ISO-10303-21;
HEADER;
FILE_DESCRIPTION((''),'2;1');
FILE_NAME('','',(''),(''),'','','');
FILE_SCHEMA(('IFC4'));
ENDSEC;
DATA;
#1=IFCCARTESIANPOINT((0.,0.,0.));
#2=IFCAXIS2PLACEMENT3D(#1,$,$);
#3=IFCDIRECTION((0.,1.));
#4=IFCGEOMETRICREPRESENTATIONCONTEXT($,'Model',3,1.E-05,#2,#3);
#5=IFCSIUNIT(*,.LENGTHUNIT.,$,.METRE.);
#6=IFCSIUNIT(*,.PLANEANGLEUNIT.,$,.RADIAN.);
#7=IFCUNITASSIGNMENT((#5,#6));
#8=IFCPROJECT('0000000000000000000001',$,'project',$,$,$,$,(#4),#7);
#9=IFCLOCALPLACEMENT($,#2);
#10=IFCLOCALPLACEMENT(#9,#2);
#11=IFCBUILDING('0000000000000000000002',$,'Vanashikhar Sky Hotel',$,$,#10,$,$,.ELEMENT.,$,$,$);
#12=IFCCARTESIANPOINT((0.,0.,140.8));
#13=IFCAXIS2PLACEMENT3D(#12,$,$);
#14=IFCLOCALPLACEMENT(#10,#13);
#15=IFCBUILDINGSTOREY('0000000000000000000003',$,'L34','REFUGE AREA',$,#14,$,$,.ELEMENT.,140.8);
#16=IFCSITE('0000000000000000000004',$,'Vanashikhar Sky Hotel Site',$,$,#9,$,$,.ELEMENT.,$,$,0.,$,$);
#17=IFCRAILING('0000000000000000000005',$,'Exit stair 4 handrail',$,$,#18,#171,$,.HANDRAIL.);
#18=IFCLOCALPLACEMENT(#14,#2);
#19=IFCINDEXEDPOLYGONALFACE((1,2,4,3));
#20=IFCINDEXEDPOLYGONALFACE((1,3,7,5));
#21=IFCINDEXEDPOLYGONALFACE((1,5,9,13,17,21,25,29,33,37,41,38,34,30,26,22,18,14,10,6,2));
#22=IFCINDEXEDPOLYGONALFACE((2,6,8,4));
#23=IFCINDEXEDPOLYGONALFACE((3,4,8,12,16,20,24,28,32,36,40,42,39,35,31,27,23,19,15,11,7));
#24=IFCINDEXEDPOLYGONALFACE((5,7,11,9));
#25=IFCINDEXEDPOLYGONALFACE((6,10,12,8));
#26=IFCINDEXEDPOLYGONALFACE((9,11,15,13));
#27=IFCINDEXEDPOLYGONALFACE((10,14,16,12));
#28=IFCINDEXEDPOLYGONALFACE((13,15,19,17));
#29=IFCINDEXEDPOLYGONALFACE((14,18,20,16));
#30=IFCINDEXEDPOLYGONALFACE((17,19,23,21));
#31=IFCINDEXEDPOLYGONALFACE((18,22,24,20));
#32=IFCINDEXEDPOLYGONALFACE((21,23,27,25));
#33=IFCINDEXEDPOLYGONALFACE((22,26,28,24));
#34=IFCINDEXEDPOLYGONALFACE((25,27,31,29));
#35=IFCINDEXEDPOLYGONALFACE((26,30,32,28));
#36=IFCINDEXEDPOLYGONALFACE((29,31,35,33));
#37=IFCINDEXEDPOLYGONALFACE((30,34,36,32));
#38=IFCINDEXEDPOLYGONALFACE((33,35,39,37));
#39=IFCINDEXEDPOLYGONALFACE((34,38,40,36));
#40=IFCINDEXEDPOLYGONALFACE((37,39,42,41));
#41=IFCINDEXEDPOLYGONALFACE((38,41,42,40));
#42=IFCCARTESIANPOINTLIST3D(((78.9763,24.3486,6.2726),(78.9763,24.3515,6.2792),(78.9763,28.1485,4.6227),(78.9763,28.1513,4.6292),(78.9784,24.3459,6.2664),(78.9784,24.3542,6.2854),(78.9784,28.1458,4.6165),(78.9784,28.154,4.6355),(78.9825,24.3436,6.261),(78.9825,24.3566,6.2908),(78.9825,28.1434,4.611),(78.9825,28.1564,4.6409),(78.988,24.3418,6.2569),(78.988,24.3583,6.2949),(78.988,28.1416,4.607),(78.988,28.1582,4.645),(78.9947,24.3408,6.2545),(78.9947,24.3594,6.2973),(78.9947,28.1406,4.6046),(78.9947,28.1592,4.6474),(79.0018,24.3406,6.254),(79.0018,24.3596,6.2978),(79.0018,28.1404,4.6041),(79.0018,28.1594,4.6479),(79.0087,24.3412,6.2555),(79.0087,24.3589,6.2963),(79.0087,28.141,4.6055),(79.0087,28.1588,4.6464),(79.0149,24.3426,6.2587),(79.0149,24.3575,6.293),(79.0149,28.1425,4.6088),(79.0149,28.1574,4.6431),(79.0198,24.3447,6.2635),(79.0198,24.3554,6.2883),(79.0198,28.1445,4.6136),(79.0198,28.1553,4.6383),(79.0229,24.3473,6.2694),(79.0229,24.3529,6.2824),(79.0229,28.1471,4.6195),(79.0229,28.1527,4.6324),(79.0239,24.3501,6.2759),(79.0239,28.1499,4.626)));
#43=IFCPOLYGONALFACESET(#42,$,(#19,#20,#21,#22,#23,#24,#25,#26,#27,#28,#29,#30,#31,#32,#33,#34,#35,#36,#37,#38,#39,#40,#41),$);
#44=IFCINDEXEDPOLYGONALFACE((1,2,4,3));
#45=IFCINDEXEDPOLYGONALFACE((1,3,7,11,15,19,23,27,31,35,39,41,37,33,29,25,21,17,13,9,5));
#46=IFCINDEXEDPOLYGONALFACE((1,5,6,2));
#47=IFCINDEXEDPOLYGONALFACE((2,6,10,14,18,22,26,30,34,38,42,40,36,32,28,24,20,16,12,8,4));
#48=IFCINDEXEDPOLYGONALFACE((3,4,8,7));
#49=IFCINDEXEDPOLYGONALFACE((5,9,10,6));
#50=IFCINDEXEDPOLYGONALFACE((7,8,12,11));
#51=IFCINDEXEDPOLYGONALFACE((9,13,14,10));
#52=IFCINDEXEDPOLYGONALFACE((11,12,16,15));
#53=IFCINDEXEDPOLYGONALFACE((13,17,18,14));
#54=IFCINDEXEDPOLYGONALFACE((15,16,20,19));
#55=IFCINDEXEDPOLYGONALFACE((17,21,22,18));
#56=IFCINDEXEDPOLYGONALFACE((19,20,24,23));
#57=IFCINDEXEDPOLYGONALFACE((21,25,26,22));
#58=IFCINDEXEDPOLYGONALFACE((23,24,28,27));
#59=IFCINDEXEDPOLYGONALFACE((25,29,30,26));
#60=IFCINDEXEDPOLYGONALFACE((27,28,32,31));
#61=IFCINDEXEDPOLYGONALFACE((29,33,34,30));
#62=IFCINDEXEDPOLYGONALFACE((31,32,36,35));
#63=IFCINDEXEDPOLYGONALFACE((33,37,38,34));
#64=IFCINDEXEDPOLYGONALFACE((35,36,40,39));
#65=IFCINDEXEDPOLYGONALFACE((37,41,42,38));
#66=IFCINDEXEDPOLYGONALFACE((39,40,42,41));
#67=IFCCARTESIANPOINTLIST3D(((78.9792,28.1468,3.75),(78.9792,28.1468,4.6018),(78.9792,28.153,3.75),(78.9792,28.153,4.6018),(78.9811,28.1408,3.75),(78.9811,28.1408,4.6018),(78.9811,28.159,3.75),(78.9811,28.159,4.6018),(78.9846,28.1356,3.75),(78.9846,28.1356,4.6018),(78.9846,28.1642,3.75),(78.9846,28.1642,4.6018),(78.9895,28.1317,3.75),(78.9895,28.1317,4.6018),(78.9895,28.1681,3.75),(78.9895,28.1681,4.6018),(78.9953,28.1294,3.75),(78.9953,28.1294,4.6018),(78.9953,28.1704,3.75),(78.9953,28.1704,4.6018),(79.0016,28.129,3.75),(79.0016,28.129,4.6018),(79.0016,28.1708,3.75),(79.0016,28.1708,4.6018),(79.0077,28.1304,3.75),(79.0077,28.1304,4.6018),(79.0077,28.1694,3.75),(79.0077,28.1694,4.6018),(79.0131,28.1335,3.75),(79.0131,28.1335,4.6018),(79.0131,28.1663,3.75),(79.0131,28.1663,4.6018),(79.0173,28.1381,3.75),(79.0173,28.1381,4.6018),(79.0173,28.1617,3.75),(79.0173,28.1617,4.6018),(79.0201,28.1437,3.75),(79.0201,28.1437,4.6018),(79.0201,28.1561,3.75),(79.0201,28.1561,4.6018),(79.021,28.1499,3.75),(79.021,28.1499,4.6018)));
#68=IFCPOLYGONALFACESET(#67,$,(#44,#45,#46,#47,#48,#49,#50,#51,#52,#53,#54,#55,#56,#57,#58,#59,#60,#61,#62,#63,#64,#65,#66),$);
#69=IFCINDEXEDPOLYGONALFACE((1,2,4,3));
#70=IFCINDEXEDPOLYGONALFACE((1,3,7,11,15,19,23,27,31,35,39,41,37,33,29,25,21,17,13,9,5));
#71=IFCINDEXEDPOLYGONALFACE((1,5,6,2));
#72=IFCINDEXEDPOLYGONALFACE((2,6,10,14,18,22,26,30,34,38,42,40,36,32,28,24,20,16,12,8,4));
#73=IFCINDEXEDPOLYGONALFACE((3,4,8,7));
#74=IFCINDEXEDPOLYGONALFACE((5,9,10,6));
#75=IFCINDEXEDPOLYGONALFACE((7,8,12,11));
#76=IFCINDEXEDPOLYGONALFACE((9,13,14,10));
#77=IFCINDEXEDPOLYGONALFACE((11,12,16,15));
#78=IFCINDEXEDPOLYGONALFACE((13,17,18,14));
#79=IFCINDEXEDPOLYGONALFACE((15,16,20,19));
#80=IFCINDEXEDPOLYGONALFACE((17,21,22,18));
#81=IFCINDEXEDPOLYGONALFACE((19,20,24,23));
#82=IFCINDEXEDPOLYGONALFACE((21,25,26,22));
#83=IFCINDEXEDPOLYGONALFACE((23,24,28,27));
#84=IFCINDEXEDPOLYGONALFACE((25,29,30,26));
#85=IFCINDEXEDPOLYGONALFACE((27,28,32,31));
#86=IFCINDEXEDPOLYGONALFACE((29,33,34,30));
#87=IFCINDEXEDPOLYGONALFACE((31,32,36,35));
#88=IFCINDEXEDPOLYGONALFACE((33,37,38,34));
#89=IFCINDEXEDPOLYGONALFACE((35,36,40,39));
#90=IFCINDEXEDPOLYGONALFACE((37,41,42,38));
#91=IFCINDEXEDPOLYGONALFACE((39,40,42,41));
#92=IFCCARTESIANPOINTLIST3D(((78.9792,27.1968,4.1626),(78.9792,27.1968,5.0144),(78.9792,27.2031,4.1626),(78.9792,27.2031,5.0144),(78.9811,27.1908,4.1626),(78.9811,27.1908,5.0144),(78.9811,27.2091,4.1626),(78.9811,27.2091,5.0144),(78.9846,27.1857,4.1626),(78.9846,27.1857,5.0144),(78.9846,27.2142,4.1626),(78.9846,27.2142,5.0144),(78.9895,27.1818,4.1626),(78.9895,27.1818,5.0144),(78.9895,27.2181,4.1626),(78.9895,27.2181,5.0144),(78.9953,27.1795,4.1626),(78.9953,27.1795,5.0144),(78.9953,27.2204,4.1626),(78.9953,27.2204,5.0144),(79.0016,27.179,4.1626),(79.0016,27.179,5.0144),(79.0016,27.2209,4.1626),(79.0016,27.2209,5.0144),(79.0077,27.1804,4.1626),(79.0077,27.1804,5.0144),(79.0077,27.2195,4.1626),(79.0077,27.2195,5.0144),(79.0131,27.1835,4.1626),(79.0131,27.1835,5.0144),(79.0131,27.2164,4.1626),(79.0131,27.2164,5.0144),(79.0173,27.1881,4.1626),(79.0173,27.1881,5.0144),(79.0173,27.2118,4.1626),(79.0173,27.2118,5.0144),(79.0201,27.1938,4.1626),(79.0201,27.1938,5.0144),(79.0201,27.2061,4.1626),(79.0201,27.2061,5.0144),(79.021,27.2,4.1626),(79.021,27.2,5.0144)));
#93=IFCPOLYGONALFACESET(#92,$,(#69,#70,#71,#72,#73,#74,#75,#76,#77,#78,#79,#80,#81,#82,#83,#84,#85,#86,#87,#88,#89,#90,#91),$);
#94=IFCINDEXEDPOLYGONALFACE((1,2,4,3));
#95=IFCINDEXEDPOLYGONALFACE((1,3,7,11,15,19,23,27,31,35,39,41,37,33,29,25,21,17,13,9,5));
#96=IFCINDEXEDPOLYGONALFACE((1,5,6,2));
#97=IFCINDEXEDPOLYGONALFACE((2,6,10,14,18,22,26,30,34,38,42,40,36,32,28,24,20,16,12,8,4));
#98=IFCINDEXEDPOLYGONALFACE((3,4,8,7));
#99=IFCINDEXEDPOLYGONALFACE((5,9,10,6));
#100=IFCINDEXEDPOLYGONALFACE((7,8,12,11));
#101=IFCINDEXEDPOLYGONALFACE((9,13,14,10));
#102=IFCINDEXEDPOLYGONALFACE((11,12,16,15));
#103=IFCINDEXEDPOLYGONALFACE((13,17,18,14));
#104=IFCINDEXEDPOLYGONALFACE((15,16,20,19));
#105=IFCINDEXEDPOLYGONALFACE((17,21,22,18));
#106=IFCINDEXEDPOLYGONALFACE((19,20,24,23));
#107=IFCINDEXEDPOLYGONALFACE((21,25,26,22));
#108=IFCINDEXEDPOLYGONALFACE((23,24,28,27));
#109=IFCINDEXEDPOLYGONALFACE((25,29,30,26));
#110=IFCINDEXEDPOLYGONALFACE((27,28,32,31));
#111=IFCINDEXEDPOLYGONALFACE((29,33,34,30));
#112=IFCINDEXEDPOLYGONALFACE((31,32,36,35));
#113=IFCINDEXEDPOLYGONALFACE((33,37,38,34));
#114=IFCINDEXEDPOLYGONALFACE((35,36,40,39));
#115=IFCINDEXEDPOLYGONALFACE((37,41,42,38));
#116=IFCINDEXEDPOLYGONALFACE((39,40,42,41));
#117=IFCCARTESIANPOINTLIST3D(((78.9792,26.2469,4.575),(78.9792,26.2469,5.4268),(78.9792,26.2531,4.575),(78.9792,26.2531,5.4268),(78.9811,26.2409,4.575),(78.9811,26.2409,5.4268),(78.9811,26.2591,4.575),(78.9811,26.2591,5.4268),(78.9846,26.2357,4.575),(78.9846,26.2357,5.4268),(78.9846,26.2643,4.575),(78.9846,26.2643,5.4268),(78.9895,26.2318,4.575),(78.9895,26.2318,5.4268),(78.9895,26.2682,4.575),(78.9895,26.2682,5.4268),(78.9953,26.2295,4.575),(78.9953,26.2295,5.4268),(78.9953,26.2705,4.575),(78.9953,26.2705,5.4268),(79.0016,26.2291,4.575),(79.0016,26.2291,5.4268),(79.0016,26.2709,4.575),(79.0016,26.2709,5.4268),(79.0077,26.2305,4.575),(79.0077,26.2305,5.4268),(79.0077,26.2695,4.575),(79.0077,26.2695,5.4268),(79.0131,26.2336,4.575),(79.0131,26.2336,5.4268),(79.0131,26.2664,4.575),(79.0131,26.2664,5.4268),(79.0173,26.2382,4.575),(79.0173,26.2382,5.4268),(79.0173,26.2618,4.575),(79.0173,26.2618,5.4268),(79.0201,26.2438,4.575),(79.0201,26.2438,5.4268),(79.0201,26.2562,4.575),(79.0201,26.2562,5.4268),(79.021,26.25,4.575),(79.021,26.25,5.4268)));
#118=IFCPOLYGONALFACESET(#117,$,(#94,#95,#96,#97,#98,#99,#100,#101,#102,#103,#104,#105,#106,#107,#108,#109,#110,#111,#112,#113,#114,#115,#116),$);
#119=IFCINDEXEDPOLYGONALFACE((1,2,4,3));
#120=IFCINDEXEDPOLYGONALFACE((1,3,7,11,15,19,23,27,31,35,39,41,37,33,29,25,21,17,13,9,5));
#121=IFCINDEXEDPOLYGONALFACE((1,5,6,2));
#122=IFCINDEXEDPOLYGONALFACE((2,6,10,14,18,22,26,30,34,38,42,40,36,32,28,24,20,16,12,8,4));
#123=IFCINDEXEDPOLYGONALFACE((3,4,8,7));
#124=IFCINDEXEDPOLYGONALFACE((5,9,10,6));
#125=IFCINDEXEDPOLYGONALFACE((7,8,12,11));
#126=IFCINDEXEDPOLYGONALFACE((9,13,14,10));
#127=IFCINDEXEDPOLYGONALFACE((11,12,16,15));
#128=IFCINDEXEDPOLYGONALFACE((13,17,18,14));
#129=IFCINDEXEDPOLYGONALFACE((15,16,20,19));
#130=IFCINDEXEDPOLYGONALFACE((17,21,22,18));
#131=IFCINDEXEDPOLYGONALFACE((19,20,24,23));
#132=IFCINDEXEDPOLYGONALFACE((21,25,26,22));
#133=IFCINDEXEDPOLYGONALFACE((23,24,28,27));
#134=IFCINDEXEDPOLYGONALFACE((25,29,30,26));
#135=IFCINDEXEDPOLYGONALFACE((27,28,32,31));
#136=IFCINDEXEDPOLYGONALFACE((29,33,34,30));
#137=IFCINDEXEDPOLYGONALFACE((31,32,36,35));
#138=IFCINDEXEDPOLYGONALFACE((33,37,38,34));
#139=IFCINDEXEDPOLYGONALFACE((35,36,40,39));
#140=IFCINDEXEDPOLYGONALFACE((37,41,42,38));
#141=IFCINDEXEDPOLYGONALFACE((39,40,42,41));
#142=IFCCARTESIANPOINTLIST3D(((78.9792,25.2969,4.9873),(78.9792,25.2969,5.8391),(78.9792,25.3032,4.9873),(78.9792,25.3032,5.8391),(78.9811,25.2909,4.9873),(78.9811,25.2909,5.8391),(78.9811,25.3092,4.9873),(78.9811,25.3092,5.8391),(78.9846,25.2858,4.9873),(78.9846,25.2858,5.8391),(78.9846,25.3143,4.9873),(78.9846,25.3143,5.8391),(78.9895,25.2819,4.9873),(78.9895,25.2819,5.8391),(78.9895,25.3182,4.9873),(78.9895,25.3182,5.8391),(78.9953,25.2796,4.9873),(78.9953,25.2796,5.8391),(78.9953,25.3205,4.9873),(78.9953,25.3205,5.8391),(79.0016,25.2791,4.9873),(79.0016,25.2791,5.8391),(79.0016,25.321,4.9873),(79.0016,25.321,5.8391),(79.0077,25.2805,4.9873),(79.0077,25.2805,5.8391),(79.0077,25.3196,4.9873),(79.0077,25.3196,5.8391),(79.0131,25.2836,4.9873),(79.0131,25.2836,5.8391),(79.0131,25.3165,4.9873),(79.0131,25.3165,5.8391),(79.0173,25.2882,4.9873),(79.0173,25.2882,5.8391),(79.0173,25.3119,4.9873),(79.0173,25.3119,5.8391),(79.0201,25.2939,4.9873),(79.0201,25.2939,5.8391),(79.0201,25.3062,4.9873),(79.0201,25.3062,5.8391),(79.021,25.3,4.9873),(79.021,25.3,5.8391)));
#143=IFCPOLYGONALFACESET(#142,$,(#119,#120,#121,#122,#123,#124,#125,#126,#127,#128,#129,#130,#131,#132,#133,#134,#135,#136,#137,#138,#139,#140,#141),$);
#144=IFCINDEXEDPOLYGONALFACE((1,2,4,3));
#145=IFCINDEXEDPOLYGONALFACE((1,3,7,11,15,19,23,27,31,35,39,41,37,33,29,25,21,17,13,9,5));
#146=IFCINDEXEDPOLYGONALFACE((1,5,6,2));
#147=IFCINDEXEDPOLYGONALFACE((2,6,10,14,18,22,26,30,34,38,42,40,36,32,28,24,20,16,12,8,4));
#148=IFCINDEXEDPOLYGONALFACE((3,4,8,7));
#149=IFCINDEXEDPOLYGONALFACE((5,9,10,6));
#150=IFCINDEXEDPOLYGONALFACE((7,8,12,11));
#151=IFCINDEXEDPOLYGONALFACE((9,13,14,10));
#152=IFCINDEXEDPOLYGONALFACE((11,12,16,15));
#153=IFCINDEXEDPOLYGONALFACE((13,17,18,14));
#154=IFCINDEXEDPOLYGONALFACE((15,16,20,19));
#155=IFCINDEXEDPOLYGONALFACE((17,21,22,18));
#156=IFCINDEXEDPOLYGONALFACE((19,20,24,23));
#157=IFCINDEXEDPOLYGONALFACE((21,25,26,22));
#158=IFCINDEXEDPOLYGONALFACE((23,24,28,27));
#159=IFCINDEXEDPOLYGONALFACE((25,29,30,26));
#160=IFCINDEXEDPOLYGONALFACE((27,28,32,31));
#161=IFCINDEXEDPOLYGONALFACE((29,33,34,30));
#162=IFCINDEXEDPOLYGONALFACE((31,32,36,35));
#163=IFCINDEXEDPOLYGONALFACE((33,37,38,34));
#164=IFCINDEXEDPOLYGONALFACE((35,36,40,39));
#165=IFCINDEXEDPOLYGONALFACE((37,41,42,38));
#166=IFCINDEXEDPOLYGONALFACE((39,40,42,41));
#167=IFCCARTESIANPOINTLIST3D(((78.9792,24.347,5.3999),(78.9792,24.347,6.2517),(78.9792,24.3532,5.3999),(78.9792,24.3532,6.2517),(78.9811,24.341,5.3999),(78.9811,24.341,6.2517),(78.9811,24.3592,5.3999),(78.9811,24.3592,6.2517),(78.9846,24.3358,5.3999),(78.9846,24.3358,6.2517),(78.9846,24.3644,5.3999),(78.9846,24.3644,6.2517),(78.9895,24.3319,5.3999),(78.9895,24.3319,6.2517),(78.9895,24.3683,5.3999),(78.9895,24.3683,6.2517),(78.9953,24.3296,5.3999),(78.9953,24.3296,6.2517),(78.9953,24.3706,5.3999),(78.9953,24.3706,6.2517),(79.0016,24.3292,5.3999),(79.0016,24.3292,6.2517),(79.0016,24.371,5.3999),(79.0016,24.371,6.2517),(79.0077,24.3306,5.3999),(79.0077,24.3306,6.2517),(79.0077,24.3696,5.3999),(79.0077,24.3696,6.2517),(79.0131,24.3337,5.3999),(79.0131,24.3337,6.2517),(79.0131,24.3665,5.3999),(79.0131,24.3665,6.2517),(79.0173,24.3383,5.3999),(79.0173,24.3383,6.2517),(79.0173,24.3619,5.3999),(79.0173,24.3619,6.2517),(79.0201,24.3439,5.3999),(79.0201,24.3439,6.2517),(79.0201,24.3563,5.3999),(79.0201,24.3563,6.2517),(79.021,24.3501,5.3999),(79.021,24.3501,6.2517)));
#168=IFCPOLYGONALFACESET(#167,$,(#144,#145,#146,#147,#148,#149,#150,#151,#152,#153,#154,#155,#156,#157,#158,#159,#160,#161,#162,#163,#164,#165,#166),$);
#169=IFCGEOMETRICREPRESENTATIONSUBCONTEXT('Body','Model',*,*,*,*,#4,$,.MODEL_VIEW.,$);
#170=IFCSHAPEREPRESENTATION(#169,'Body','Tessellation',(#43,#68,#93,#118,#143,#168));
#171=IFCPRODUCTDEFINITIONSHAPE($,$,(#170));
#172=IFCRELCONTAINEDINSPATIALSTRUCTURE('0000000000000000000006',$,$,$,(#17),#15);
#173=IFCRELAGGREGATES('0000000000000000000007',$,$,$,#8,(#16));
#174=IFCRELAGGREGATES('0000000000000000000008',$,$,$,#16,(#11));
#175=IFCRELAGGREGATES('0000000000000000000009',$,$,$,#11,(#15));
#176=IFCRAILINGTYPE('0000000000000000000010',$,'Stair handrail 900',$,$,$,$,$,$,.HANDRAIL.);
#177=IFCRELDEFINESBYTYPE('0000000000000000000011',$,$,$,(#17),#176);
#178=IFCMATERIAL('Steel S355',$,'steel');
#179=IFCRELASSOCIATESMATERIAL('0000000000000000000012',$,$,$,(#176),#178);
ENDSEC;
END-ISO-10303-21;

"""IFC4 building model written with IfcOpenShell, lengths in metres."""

from ifc_helpers import new_model, si_unit, direction, frame, origin, origin_2d, place, context, subcontext, project, spatial, circle, extrude, source, transform, mapped, material, type_object, element, save


model = new_model("IFC4")

# Units and contexts
model_context = context("Model", 3, precision=1e-05, world=origin(), true_north=direction((0.0, 1.0)))
body_context = subcontext(model_context, "Body", "Model", "MODEL_VIEW")
ifc_project = project(units=[si_unit("LENGTHUNIT", "METRE"), si_unit("PLANEANGLEUNIT", "RADIAN")], contexts=[model_context])

# Site, building, storey
site_placement = place(None, origin())
site = spatial("IfcSite", under=ifc_project, at=site_placement, Name="Vanashikhar Sky Hotel Site", CompositionType="ELEMENT", RefElevation=0.0)
building_placement = place(site_placement, origin())
building = spatial("IfcBuilding", under=site, at=building_placement, Name="Vanashikhar Sky Hotel", CompositionType="ELEMENT")
storey_placement = place(building_placement, frame((0.0, 0.0, 140.8)))
storey = spatial("IfcBuildingStorey", under=building, at=storey_placement, Name="L34", Description="REFUGE AREA", CompositionType="ELEMENT", Elevation=140.8)

# Railing
ifc_material_1 = material(Name="Steel S355", Category="steel")
railing_type = type_object("IfcRailingType", Name="Stair handrail 900", PredefinedType="HANDRAIL", material=ifc_material_1)
shared_shape_1 = source(origin(), body_context, "Body", "SweptSolid", [
    extrude(circle(Radius=0.0239, at=origin_2d()), frame((0.0, 0.0, 0.876), z_axis=(0.0, -0.917263, 0.398282), x_axis=(1.0, 0.0, 0.0)), (0.0, 0.0, 1.0), 4.1426),
    extrude(circle(Radius=0.021, at=origin_2d()), origin(), (0.0, 0.0, 1.0), 0.8518),
    extrude(circle(Radius=0.021, at=origin_2d()), frame((0.0, -0.95, 0.4126)), (0.0, 0.0, 1.0), 0.8518),
    extrude(circle(Radius=0.021, at=origin_2d()), frame((0.0, -1.8999, 0.825)), (0.0, 0.0, 1.0), 0.8518),
    extrude(circle(Radius=0.021, at=origin_2d()), frame((0.0, -2.8499, 1.2373)), (0.0, 0.0, 1.0), 0.8518),
    extrude(circle(Radius=0.021, at=origin_2d()), frame((0.0, -3.7998, 1.6499)), (0.0, 0.0, 1.0), 0.8518),
])
railing_1_placement = place(storey_placement, frame((79.0, 28.1499, 3.75)))
element("IfcRailing", 1, at=railing_1_placement, inside=storey, type_object=railing_type, Name="Exit stair 4 handrail", PredefinedType="HANDRAIL", context=body_context, shape_type="MappedRepresentation", body=[
    mapped(shared_shape_1, transform((0.0, 0.0, 0.0), scale=1.0)),
])

save(model, "model.ifc")
